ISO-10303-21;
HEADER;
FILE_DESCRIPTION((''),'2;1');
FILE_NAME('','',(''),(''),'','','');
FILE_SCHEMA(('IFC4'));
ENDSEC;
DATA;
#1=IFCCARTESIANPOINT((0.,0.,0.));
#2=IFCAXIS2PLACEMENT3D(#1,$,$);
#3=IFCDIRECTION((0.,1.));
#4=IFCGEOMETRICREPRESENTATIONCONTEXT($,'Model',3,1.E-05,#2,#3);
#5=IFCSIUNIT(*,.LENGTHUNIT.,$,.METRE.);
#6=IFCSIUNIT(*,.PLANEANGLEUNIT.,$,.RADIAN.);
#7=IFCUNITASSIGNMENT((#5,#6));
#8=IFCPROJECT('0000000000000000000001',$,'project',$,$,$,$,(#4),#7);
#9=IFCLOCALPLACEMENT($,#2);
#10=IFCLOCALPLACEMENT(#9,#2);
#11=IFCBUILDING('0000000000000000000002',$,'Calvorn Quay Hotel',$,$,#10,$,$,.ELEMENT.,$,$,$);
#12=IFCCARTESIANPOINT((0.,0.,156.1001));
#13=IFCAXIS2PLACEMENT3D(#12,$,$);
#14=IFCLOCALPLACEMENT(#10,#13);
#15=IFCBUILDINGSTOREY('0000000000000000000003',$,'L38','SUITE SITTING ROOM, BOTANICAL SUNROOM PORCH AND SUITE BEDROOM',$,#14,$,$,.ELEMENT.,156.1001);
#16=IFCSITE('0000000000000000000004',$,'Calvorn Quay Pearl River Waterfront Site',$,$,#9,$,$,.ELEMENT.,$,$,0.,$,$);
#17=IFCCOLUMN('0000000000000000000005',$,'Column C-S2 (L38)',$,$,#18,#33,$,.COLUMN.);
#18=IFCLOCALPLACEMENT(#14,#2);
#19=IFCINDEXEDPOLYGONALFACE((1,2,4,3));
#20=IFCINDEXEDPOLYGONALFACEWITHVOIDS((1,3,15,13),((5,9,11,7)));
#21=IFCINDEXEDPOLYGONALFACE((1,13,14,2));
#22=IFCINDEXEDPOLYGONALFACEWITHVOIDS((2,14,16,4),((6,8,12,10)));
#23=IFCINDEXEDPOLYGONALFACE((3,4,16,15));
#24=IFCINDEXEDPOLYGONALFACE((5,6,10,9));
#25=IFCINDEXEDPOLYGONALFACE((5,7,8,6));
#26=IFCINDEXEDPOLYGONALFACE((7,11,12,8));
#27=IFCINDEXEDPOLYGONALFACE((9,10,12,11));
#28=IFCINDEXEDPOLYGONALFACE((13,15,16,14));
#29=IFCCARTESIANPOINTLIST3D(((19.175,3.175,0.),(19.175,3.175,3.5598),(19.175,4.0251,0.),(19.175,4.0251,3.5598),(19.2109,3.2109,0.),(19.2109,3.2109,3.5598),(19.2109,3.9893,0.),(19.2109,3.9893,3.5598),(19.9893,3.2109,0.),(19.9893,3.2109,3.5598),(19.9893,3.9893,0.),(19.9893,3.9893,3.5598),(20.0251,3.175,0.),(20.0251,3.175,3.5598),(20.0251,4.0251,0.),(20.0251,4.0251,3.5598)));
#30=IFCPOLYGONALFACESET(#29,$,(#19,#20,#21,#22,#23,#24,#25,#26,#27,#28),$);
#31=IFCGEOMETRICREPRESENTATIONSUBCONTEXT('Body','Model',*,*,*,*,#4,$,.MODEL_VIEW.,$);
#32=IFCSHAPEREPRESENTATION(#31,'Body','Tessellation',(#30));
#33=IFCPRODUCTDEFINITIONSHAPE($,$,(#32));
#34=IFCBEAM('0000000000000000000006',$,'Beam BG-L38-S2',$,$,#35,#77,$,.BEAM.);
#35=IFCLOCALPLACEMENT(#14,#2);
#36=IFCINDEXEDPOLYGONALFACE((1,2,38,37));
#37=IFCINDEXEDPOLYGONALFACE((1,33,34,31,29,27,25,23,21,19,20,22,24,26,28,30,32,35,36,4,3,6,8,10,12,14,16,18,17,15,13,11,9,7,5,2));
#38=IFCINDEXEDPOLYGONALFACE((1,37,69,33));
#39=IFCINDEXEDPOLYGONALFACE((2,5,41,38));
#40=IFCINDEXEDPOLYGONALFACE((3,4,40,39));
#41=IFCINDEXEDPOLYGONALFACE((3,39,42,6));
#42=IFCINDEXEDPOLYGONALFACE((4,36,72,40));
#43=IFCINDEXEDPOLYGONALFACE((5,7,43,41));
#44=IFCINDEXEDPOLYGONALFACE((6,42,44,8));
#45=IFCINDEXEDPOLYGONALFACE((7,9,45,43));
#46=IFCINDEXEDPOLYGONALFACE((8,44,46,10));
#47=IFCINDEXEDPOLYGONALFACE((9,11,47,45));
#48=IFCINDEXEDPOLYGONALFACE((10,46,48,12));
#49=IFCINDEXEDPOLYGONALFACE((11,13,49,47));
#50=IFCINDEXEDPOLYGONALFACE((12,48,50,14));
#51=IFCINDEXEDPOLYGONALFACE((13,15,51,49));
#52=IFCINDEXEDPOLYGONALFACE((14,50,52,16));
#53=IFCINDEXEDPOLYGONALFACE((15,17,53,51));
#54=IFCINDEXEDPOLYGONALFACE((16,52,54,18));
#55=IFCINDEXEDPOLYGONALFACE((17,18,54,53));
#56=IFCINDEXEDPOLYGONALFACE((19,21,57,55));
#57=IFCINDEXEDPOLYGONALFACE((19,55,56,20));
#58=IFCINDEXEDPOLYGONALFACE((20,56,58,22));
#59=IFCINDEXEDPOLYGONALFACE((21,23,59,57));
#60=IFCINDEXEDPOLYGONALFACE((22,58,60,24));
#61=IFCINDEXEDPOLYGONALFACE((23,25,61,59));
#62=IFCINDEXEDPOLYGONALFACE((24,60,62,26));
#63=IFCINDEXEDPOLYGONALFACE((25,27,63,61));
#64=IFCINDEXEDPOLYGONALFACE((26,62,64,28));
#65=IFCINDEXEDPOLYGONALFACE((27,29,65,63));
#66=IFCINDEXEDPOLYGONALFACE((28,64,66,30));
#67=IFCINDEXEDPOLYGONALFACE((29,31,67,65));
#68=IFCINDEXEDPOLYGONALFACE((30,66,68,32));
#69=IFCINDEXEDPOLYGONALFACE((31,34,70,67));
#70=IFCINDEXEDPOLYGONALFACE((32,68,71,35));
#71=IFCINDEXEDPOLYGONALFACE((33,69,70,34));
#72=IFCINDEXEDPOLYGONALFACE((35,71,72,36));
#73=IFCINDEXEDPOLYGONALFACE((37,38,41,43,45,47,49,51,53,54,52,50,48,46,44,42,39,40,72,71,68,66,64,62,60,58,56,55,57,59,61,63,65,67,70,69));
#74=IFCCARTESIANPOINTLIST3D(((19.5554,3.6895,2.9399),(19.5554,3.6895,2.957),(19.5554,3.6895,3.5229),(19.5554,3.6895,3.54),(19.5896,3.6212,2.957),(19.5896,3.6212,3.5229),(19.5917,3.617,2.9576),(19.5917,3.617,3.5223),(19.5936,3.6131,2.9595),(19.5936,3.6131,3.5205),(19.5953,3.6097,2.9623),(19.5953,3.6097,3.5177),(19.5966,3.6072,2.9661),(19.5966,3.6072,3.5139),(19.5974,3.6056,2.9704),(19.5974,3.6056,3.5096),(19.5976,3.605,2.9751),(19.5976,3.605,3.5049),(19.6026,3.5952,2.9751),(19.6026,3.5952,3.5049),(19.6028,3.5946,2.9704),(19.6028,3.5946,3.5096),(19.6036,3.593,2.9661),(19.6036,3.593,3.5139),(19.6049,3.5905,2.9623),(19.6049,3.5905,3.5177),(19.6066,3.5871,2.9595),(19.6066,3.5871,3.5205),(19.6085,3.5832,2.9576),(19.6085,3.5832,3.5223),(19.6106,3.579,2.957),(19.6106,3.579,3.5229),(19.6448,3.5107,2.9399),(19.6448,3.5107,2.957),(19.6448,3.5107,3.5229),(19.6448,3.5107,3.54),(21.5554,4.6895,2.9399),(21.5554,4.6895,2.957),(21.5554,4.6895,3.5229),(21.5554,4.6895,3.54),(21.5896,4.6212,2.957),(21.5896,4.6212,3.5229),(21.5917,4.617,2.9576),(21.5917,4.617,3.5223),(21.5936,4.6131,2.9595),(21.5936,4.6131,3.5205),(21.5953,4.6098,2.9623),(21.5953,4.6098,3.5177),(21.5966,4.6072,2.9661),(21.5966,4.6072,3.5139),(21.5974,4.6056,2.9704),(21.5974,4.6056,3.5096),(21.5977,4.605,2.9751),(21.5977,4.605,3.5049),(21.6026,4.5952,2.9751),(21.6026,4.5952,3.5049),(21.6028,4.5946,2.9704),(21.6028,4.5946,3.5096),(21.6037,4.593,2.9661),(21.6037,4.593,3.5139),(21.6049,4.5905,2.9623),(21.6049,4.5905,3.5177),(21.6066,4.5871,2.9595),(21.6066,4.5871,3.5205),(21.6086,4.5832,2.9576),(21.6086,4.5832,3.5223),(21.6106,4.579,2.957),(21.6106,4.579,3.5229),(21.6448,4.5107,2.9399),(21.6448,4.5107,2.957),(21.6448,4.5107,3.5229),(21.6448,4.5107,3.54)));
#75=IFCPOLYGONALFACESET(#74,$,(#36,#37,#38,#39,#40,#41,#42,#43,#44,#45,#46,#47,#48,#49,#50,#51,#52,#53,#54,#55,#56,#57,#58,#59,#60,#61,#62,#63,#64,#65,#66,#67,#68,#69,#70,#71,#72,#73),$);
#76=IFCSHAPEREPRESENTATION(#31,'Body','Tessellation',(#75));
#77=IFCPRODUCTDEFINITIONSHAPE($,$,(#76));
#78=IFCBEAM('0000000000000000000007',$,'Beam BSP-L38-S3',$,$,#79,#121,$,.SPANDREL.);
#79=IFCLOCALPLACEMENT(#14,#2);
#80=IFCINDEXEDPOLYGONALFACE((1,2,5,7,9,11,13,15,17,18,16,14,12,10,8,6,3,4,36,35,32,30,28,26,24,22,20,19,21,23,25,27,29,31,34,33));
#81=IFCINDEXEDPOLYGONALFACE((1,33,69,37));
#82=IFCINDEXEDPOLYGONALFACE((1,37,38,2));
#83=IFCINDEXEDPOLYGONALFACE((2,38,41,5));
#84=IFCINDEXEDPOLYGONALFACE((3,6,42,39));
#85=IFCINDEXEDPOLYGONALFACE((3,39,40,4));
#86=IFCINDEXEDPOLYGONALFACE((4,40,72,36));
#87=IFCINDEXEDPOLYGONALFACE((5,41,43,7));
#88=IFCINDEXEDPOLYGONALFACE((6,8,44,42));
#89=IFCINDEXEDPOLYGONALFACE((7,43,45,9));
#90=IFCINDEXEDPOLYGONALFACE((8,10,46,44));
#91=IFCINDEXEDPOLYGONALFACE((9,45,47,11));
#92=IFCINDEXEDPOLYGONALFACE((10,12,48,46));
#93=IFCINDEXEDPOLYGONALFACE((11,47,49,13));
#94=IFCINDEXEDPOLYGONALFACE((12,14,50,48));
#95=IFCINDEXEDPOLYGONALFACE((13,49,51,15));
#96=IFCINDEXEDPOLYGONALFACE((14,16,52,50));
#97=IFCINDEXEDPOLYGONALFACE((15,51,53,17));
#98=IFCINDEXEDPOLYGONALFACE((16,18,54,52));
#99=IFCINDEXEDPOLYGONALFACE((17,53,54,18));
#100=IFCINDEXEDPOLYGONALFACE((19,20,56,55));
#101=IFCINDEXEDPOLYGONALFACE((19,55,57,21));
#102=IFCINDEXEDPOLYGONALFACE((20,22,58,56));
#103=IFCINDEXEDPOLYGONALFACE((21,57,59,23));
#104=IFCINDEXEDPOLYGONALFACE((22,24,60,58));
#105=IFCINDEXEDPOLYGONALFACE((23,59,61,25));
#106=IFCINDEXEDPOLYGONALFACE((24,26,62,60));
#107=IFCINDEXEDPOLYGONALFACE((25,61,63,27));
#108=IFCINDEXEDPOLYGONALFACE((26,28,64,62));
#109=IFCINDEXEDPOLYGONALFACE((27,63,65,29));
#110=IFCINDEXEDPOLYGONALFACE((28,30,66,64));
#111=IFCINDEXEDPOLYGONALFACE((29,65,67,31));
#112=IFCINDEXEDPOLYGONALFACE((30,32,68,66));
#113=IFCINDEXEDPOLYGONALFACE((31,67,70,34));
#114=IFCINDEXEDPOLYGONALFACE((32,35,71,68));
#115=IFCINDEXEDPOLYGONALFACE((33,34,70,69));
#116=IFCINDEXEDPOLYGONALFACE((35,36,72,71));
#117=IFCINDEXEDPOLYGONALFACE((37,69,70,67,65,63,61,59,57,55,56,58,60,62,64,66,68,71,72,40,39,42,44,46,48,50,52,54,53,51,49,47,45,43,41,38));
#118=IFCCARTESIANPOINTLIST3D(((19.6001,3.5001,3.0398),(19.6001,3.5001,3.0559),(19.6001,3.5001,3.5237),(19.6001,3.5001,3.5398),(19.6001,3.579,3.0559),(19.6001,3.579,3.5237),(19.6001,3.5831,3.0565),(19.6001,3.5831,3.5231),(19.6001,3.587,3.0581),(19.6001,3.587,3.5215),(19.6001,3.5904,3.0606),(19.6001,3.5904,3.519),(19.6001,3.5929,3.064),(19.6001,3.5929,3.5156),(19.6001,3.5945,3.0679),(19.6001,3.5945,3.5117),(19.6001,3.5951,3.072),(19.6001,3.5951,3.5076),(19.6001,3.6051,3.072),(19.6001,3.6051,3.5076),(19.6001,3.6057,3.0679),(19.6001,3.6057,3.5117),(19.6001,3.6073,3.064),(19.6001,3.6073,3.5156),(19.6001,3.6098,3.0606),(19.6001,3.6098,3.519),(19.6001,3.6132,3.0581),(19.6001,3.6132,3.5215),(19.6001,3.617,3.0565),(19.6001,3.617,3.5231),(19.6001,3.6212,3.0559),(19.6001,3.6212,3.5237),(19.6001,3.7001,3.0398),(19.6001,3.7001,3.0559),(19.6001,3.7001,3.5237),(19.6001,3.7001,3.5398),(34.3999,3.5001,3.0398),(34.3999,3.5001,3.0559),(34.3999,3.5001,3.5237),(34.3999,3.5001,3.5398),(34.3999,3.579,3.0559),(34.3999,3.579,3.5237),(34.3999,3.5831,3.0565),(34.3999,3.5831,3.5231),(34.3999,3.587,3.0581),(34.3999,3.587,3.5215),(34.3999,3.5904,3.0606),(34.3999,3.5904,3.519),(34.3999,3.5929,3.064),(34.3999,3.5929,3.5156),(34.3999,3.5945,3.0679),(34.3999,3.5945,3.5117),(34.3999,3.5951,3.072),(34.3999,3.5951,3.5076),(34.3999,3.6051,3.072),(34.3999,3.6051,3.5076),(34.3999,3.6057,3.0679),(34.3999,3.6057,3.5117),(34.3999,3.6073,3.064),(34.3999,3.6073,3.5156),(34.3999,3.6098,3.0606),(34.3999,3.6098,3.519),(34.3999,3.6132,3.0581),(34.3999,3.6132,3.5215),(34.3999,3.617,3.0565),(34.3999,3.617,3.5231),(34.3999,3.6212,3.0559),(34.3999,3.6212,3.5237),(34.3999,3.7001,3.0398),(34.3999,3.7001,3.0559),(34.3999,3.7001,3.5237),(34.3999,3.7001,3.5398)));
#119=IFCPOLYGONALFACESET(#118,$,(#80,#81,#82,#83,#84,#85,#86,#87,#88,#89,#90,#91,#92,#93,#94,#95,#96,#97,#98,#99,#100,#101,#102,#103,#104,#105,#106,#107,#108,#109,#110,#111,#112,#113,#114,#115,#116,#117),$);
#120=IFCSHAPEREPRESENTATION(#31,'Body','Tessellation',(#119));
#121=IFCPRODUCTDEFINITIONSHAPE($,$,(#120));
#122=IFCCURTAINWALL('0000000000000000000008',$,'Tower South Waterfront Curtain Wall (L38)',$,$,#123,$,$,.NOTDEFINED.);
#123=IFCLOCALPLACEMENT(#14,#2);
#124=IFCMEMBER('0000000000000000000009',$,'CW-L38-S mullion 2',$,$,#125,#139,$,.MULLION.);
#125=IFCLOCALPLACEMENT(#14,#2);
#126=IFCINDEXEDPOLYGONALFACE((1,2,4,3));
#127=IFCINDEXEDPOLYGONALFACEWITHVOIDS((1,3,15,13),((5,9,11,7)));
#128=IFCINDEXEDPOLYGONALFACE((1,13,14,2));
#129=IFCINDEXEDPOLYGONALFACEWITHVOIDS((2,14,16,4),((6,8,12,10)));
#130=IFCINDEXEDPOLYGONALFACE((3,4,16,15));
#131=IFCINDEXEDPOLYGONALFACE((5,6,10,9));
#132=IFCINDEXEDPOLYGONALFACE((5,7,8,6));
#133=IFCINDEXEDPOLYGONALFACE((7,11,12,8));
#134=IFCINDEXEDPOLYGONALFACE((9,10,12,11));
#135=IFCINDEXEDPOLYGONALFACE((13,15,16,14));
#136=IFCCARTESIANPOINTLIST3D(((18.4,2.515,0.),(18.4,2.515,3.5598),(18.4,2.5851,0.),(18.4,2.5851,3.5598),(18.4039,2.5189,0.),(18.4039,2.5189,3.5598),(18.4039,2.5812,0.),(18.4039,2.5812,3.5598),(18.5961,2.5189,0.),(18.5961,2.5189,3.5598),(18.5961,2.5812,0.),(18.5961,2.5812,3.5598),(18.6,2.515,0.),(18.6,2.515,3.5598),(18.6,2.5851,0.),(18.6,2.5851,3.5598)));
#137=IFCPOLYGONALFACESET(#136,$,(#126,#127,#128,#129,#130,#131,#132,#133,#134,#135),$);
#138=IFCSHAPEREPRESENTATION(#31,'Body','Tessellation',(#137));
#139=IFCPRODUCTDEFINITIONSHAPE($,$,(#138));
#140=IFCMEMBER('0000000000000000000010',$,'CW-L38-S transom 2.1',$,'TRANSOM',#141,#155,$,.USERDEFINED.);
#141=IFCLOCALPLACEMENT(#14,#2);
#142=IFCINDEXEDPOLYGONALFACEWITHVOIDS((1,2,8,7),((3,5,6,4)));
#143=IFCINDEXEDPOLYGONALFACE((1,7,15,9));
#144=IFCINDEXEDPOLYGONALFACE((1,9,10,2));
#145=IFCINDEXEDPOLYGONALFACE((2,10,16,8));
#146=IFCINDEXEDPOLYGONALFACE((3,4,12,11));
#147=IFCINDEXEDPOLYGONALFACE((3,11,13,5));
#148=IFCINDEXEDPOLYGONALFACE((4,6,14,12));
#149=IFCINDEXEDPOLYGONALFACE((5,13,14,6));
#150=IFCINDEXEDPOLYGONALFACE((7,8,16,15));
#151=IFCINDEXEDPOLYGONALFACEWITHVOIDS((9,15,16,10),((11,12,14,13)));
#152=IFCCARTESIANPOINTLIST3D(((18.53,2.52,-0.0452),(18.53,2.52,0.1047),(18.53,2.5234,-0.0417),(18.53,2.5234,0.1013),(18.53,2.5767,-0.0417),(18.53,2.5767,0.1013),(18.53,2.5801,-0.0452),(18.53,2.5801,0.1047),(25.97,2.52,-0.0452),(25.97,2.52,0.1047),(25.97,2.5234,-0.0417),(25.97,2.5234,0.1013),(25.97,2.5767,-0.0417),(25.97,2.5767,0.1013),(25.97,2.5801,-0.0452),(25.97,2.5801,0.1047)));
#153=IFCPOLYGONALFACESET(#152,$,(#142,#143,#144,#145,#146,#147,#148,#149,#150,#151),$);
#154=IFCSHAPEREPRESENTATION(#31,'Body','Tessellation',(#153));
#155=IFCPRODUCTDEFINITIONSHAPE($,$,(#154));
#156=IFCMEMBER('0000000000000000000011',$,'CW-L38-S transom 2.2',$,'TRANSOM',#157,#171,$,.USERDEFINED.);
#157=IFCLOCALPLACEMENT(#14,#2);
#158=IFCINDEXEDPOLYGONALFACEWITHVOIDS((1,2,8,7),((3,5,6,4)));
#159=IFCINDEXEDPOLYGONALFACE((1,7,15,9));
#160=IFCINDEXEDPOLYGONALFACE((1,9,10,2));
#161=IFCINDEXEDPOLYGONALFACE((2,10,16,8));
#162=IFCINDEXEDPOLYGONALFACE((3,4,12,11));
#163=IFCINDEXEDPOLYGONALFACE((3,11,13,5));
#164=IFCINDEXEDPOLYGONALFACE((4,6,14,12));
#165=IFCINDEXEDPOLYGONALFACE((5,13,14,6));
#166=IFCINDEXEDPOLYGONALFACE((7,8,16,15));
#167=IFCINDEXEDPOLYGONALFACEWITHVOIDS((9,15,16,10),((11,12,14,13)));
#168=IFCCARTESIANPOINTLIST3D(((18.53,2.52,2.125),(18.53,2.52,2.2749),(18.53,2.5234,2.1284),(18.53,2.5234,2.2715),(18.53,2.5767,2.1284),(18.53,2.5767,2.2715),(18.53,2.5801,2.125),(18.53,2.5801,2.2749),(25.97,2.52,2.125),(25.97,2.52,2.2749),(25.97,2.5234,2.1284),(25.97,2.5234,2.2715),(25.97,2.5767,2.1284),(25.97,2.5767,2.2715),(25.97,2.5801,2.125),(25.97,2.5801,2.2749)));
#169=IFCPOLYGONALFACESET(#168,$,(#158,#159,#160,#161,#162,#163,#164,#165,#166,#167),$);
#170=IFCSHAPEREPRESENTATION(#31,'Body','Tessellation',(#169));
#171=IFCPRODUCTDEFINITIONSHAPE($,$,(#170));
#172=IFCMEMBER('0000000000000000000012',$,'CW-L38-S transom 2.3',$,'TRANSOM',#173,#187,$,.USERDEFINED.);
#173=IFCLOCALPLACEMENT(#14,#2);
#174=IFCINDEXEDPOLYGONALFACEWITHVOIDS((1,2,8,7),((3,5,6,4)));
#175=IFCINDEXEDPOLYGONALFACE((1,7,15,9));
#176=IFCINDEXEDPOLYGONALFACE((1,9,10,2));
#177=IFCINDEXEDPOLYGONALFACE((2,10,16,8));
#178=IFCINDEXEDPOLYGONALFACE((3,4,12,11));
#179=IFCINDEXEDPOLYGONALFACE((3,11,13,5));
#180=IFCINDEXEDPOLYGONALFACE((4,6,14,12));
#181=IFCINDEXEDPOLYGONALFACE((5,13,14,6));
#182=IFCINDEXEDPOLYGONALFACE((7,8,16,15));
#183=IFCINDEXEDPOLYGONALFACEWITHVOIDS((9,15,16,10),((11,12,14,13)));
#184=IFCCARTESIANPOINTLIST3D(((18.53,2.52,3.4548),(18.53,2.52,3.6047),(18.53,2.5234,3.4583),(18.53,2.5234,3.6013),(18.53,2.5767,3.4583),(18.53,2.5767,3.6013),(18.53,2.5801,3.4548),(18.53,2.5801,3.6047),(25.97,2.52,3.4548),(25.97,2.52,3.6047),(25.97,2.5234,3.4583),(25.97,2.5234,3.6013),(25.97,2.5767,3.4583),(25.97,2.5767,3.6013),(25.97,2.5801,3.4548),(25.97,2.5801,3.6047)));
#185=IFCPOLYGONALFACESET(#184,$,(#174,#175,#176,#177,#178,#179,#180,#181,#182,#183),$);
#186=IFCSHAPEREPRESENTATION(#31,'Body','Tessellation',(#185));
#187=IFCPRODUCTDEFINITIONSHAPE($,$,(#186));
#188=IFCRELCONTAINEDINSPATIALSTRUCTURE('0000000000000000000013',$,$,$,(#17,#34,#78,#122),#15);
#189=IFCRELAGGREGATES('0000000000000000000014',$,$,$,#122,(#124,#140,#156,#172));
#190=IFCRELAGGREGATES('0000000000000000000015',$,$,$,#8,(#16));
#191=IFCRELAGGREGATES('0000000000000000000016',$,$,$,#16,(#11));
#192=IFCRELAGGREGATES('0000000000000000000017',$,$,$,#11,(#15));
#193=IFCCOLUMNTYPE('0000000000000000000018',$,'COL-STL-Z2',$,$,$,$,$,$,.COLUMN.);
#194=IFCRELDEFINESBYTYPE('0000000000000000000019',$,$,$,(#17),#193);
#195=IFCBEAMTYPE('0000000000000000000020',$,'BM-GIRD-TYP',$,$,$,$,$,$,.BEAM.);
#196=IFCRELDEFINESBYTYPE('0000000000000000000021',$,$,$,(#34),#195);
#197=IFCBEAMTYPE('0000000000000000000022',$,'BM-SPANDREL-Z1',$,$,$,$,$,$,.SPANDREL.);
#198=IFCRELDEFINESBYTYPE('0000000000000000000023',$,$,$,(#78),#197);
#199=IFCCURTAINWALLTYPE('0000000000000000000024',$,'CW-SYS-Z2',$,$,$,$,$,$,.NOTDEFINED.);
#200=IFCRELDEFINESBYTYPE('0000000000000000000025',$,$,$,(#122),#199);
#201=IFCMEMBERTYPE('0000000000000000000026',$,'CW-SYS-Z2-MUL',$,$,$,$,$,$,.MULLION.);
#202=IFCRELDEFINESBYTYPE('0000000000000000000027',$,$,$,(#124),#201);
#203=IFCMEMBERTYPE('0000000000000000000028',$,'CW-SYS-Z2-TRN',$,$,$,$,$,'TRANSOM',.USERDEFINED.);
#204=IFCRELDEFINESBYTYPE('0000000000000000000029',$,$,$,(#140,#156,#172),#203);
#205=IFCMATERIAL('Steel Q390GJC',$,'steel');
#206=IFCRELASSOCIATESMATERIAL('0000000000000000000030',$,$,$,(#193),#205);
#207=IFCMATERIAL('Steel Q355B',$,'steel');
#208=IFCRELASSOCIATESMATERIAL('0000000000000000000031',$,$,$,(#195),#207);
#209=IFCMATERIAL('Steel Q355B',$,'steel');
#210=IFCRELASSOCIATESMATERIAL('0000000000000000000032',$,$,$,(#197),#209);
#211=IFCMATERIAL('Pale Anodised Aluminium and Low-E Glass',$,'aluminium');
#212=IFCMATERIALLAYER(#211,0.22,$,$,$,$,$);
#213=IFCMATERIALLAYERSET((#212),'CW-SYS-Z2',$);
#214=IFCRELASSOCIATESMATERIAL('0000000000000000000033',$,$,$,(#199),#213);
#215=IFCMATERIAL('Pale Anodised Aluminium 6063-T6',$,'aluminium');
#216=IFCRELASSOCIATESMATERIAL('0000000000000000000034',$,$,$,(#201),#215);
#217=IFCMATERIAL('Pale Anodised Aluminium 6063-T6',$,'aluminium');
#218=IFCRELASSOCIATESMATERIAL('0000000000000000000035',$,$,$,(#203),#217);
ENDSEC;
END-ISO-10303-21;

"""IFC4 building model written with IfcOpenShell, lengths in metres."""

from ifc_helpers import new_model, si_unit, direction, frame, origin, origin_2d, place, context, subcontext, project, spatial, hollow_rectangle, i_section, extrude, material, layer, layer_set, material_profile, profile_set, type_object, element, aggregate, save


model = new_model("IFC4")

# Units and contexts
model_context = context("Model", 3, precision=1e-05, world=origin(), true_north=direction((0.0, 1.0)))
body_context = subcontext(model_context, "Body", "Model", "MODEL_VIEW")
ifc_project = project(units=[si_unit("LENGTHUNIT", "METRE"), si_unit("PLANEANGLEUNIT", "RADIAN")], contexts=[model_context])

# Site, building, storey
site_placement = place(None, origin())
site = spatial("IfcSite", under=ifc_project, at=site_placement, Name="Calvorn Quay Pearl River Waterfront Site", CompositionType="ELEMENT", RefElevation=0.0)
building_placement = place(site_placement, origin())
building = spatial("IfcBuilding", under=site, at=building_placement, Name="Calvorn Quay Hotel", CompositionType="ELEMENT")
storey_placement = place(building_placement, frame((0.0, 0.0, 156.1001)))
storey = spatial("IfcBuildingStorey", under=building, at=storey_placement, Name="L38", Description="SUITE SITTING ROOM, BOTANICAL SUNROOM PORCH AND SUITE BEDROOM", CompositionType="ELEMENT", Elevation=156.1001)

# Column
ifc_material_1 = material(Name="Steel Q390GJC", Category="steel")
ifc_material_profile_1 = material_profile(ifc_material_1, hollow_rectangle(XDim=0.8501, YDim=0.8501, WallThickness=0.0359, at=origin_2d()), Name="BOX850x850x36")
ifc_profile_set_1 = profile_set([ifc_material_profile_1], Name="Steel Q390GJC")
column_type = type_object("IfcColumnType", Name="COL-STL-Z2", PredefinedType="COLUMN", material=ifc_profile_set_1)
column_placement = place(storey_placement, frame((19.6001, 3.6001, 0.0), z_axis=(0.0, 0.0, 1.0), x_axis=(1.0, 0.0, 0.0)))
element("IfcColumn", 1, at=column_placement, inside=storey, type_object=column_type, Name="Column C-S2 (L38)", PredefinedType="COLUMN", context=body_context, shape_type="SweptSolid", body=[
    extrude(hollow_rectangle(XDim=0.8501, YDim=0.8501, WallThickness=0.0359, at=origin_2d()), origin(), (0.0, 0.0, 1.0), 3.5598),
])

# Beams
ifc_material_2 = material(Name="Steel Q355B", Category="steel")
ifc_material_profile_2 = material_profile(ifc_material_2, i_section(OverallWidth=0.2, OverallDepth=0.6001, WebThickness=0.011, FlangeThickness=0.0171, FilletRadius=0.0181, at=origin_2d()), Name="HN600x200x11x17")
ifc_profile_set_2 = profile_set([ifc_material_profile_2], Name="Steel Q355B")
beam_type_1 = type_object("IfcBeamType", Name="BM-GIRD-TYP", PredefinedType="BEAM", material=ifc_profile_set_2)
beam_1_placement = place(storey_placement, frame((19.6001, 3.6001, 3.24), z_axis=(0.894427, 0.447214, 0.0), x_axis=(-0.447214, 0.894427, 0.0)))
element("IfcBeam", 2, at=beam_1_placement, inside=storey, type_object=beam_type_1, Name="Beam BG-L38-S2", PredefinedType="BEAM", context=body_context, shape_type="SweptSolid", body=[
    extrude(i_section(OverallWidth=0.2, OverallDepth=0.6001, WebThickness=0.011, FlangeThickness=0.0171, FilletRadius=0.0181, at=origin_2d()), origin(), (0.0, 0.0, 1.0), 2.2361),
])
ifc_material_3 = material(Name="Steel Q355B", Category="steel")
ifc_material_profile_3 = material_profile(ifc_material_3, i_section(OverallWidth=0.2, OverallDepth=0.5, WebThickness=0.01, FlangeThickness=0.0161, FilletRadius=0.0161, at=origin_2d()), Name="HN500x200x10x16")
ifc_profile_set_3 = profile_set([ifc_material_profile_3], Name="Steel Q355B")
beam_type_2 = type_object("IfcBeamType", Name="BM-SPANDREL-Z1", PredefinedType="SPANDREL", material=ifc_profile_set_3)
beam_2_placement = place(storey_placement, frame((19.6001, 3.6001, 3.2898), z_axis=(1.0, 0.0, 0.0), x_axis=(0.0, 1.0, 0.0)))
element("IfcBeam", 3, at=beam_2_placement, inside=storey, type_object=beam_type_2, Name="Beam BSP-L38-S3", PredefinedType="SPANDREL", context=body_context, shape_type="SweptSolid", body=[
    extrude(i_section(OverallWidth=0.2, OverallDepth=0.5, WebThickness=0.01, FlangeThickness=0.0161, FilletRadius=0.0161, at=origin_2d()), origin(), (0.0, 0.0, 1.0), 14.7998),
])

# Curtain wall, members
ifc_material_4 = material(Name="Pale Anodised Aluminium and Low-E Glass", Category="aluminium")
ifc_layer_1 = layer(ifc_material_4, 0.22)
ifc_layer_set_1 = layer_set([ifc_layer_1], Name="CW-SYS-Z2")
curtain_wall_type = type_object("IfcCurtainWallType", Name="CW-SYS-Z2", PredefinedType="NOTDEFINED", material=ifc_layer_set_1)
curtain_wall_placement = place(storey_placement, origin())
curtain_wall = element("IfcCurtainWall", 4, at=curtain_wall_placement, inside=storey, type_object=curtain_wall_type, Name="Tower South Waterfront Curtain Wall (L38)", PredefinedType="NOTDEFINED")
ifc_material_5 = material(Name="Pale Anodised Aluminium 6063-T6", Category="aluminium")
ifc_material_profile_4 = material_profile(ifc_material_5, hollow_rectangle(XDim=0.0701, YDim=0.2, WallThickness=0.0039, at=origin_2d()), Name="ALU-M200x70x4")
ifc_profile_set_4 = profile_set([ifc_material_profile_4], Name="Pale Anodised Aluminium 6063-T6")
member_type_1 = type_object("IfcMemberType", Name="CW-SYS-Z2-MUL", PredefinedType="MULLION", material=ifc_profile_set_4)
member_1_placement = place(storey_placement, frame((18.5, 2.55, 0.0), z_axis=(0.0, 0.0, 1.0), x_axis=(0.0, 1.0, 0.0)))
member_1 = element("IfcMember", 5, at=member_1_placement, type_object=member_type_1, Name="CW-L38-S mullion 2", PredefinedType="MULLION", context=body_context, shape_type="SweptSolid", body=[
    extrude(hollow_rectangle(XDim=0.0701, YDim=0.2, WallThickness=0.0039, at=origin_2d()), origin(), (0.0, 0.0, 1.0), 3.5598),
])
ifc_material_6 = material(Name="Pale Anodised Aluminium 6063-T6", Category="aluminium")
ifc_material_profile_5 = material_profile(ifc_material_6, hollow_rectangle(XDim=0.0601, YDim=0.1499, WallThickness=0.0034, at=origin_2d()), Name="ALU-T150x60x3.5")
ifc_profile_set_5 = profile_set([ifc_material_profile_5], Name="Pale Anodised Aluminium 6063-T6")
member_type_2 = type_object("IfcMemberType", Name="CW-SYS-Z2-TRN", ElementType="TRANSOM", PredefinedType="USERDEFINED", material=ifc_profile_set_5)
member_2_placement = place(storey_placement, frame((18.53, 2.55, 0.0298), z_axis=(1.0, 0.0, 0.0), x_axis=(0.0, 1.0, 0.0)))
member_2 = element("IfcMember", 6, at=member_2_placement, type_object=member_type_2, Name="CW-L38-S transom 2.1", ObjectType="TRANSOM", PredefinedType="USERDEFINED", context=body_context, shape_type="SweptSolid", body=[
    extrude(hollow_rectangle(XDim=0.0601, YDim=0.1499, WallThickness=0.0034, at=origin_2d()), origin(), (0.0, 0.0, 1.0), 7.4399),
])
member_3_placement = place(storey_placement, frame((18.53, 2.55, 2.2), z_axis=(1.0, 0.0, 0.0), x_axis=(0.0, 1.0, 0.0)))
member_3 = element("IfcMember", 7, at=member_3_placement, type_object=member_type_2, Name="CW-L38-S transom 2.2", ObjectType="TRANSOM", PredefinedType="USERDEFINED", context=body_context, shape_type="SweptSolid", body=[
    extrude(hollow_rectangle(XDim=0.0601, YDim=0.1499, WallThickness=0.0034, at=origin_2d()), origin(), (0.0, 0.0, 1.0), 7.4399),
])
member_4_placement = place(storey_placement, frame((18.53, 2.55, 3.5298), z_axis=(1.0, 0.0, 0.0), x_axis=(0.0, 1.0, 0.0)))
member_4 = element("IfcMember", 8, at=member_4_placement, type_object=member_type_2, Name="CW-L38-S transom 2.3", ObjectType="TRANSOM", PredefinedType="USERDEFINED", context=body_context, shape_type="SweptSolid", body=[
    extrude(hollow_rectangle(XDim=0.0601, YDim=0.1499, WallThickness=0.0034, at=origin_2d()), origin(), (0.0, 0.0, 1.0), 7.4399),
])
aggregate(curtain_wall, [member_1, member_2, member_3, member_4])

save(model, "model.ifc")
